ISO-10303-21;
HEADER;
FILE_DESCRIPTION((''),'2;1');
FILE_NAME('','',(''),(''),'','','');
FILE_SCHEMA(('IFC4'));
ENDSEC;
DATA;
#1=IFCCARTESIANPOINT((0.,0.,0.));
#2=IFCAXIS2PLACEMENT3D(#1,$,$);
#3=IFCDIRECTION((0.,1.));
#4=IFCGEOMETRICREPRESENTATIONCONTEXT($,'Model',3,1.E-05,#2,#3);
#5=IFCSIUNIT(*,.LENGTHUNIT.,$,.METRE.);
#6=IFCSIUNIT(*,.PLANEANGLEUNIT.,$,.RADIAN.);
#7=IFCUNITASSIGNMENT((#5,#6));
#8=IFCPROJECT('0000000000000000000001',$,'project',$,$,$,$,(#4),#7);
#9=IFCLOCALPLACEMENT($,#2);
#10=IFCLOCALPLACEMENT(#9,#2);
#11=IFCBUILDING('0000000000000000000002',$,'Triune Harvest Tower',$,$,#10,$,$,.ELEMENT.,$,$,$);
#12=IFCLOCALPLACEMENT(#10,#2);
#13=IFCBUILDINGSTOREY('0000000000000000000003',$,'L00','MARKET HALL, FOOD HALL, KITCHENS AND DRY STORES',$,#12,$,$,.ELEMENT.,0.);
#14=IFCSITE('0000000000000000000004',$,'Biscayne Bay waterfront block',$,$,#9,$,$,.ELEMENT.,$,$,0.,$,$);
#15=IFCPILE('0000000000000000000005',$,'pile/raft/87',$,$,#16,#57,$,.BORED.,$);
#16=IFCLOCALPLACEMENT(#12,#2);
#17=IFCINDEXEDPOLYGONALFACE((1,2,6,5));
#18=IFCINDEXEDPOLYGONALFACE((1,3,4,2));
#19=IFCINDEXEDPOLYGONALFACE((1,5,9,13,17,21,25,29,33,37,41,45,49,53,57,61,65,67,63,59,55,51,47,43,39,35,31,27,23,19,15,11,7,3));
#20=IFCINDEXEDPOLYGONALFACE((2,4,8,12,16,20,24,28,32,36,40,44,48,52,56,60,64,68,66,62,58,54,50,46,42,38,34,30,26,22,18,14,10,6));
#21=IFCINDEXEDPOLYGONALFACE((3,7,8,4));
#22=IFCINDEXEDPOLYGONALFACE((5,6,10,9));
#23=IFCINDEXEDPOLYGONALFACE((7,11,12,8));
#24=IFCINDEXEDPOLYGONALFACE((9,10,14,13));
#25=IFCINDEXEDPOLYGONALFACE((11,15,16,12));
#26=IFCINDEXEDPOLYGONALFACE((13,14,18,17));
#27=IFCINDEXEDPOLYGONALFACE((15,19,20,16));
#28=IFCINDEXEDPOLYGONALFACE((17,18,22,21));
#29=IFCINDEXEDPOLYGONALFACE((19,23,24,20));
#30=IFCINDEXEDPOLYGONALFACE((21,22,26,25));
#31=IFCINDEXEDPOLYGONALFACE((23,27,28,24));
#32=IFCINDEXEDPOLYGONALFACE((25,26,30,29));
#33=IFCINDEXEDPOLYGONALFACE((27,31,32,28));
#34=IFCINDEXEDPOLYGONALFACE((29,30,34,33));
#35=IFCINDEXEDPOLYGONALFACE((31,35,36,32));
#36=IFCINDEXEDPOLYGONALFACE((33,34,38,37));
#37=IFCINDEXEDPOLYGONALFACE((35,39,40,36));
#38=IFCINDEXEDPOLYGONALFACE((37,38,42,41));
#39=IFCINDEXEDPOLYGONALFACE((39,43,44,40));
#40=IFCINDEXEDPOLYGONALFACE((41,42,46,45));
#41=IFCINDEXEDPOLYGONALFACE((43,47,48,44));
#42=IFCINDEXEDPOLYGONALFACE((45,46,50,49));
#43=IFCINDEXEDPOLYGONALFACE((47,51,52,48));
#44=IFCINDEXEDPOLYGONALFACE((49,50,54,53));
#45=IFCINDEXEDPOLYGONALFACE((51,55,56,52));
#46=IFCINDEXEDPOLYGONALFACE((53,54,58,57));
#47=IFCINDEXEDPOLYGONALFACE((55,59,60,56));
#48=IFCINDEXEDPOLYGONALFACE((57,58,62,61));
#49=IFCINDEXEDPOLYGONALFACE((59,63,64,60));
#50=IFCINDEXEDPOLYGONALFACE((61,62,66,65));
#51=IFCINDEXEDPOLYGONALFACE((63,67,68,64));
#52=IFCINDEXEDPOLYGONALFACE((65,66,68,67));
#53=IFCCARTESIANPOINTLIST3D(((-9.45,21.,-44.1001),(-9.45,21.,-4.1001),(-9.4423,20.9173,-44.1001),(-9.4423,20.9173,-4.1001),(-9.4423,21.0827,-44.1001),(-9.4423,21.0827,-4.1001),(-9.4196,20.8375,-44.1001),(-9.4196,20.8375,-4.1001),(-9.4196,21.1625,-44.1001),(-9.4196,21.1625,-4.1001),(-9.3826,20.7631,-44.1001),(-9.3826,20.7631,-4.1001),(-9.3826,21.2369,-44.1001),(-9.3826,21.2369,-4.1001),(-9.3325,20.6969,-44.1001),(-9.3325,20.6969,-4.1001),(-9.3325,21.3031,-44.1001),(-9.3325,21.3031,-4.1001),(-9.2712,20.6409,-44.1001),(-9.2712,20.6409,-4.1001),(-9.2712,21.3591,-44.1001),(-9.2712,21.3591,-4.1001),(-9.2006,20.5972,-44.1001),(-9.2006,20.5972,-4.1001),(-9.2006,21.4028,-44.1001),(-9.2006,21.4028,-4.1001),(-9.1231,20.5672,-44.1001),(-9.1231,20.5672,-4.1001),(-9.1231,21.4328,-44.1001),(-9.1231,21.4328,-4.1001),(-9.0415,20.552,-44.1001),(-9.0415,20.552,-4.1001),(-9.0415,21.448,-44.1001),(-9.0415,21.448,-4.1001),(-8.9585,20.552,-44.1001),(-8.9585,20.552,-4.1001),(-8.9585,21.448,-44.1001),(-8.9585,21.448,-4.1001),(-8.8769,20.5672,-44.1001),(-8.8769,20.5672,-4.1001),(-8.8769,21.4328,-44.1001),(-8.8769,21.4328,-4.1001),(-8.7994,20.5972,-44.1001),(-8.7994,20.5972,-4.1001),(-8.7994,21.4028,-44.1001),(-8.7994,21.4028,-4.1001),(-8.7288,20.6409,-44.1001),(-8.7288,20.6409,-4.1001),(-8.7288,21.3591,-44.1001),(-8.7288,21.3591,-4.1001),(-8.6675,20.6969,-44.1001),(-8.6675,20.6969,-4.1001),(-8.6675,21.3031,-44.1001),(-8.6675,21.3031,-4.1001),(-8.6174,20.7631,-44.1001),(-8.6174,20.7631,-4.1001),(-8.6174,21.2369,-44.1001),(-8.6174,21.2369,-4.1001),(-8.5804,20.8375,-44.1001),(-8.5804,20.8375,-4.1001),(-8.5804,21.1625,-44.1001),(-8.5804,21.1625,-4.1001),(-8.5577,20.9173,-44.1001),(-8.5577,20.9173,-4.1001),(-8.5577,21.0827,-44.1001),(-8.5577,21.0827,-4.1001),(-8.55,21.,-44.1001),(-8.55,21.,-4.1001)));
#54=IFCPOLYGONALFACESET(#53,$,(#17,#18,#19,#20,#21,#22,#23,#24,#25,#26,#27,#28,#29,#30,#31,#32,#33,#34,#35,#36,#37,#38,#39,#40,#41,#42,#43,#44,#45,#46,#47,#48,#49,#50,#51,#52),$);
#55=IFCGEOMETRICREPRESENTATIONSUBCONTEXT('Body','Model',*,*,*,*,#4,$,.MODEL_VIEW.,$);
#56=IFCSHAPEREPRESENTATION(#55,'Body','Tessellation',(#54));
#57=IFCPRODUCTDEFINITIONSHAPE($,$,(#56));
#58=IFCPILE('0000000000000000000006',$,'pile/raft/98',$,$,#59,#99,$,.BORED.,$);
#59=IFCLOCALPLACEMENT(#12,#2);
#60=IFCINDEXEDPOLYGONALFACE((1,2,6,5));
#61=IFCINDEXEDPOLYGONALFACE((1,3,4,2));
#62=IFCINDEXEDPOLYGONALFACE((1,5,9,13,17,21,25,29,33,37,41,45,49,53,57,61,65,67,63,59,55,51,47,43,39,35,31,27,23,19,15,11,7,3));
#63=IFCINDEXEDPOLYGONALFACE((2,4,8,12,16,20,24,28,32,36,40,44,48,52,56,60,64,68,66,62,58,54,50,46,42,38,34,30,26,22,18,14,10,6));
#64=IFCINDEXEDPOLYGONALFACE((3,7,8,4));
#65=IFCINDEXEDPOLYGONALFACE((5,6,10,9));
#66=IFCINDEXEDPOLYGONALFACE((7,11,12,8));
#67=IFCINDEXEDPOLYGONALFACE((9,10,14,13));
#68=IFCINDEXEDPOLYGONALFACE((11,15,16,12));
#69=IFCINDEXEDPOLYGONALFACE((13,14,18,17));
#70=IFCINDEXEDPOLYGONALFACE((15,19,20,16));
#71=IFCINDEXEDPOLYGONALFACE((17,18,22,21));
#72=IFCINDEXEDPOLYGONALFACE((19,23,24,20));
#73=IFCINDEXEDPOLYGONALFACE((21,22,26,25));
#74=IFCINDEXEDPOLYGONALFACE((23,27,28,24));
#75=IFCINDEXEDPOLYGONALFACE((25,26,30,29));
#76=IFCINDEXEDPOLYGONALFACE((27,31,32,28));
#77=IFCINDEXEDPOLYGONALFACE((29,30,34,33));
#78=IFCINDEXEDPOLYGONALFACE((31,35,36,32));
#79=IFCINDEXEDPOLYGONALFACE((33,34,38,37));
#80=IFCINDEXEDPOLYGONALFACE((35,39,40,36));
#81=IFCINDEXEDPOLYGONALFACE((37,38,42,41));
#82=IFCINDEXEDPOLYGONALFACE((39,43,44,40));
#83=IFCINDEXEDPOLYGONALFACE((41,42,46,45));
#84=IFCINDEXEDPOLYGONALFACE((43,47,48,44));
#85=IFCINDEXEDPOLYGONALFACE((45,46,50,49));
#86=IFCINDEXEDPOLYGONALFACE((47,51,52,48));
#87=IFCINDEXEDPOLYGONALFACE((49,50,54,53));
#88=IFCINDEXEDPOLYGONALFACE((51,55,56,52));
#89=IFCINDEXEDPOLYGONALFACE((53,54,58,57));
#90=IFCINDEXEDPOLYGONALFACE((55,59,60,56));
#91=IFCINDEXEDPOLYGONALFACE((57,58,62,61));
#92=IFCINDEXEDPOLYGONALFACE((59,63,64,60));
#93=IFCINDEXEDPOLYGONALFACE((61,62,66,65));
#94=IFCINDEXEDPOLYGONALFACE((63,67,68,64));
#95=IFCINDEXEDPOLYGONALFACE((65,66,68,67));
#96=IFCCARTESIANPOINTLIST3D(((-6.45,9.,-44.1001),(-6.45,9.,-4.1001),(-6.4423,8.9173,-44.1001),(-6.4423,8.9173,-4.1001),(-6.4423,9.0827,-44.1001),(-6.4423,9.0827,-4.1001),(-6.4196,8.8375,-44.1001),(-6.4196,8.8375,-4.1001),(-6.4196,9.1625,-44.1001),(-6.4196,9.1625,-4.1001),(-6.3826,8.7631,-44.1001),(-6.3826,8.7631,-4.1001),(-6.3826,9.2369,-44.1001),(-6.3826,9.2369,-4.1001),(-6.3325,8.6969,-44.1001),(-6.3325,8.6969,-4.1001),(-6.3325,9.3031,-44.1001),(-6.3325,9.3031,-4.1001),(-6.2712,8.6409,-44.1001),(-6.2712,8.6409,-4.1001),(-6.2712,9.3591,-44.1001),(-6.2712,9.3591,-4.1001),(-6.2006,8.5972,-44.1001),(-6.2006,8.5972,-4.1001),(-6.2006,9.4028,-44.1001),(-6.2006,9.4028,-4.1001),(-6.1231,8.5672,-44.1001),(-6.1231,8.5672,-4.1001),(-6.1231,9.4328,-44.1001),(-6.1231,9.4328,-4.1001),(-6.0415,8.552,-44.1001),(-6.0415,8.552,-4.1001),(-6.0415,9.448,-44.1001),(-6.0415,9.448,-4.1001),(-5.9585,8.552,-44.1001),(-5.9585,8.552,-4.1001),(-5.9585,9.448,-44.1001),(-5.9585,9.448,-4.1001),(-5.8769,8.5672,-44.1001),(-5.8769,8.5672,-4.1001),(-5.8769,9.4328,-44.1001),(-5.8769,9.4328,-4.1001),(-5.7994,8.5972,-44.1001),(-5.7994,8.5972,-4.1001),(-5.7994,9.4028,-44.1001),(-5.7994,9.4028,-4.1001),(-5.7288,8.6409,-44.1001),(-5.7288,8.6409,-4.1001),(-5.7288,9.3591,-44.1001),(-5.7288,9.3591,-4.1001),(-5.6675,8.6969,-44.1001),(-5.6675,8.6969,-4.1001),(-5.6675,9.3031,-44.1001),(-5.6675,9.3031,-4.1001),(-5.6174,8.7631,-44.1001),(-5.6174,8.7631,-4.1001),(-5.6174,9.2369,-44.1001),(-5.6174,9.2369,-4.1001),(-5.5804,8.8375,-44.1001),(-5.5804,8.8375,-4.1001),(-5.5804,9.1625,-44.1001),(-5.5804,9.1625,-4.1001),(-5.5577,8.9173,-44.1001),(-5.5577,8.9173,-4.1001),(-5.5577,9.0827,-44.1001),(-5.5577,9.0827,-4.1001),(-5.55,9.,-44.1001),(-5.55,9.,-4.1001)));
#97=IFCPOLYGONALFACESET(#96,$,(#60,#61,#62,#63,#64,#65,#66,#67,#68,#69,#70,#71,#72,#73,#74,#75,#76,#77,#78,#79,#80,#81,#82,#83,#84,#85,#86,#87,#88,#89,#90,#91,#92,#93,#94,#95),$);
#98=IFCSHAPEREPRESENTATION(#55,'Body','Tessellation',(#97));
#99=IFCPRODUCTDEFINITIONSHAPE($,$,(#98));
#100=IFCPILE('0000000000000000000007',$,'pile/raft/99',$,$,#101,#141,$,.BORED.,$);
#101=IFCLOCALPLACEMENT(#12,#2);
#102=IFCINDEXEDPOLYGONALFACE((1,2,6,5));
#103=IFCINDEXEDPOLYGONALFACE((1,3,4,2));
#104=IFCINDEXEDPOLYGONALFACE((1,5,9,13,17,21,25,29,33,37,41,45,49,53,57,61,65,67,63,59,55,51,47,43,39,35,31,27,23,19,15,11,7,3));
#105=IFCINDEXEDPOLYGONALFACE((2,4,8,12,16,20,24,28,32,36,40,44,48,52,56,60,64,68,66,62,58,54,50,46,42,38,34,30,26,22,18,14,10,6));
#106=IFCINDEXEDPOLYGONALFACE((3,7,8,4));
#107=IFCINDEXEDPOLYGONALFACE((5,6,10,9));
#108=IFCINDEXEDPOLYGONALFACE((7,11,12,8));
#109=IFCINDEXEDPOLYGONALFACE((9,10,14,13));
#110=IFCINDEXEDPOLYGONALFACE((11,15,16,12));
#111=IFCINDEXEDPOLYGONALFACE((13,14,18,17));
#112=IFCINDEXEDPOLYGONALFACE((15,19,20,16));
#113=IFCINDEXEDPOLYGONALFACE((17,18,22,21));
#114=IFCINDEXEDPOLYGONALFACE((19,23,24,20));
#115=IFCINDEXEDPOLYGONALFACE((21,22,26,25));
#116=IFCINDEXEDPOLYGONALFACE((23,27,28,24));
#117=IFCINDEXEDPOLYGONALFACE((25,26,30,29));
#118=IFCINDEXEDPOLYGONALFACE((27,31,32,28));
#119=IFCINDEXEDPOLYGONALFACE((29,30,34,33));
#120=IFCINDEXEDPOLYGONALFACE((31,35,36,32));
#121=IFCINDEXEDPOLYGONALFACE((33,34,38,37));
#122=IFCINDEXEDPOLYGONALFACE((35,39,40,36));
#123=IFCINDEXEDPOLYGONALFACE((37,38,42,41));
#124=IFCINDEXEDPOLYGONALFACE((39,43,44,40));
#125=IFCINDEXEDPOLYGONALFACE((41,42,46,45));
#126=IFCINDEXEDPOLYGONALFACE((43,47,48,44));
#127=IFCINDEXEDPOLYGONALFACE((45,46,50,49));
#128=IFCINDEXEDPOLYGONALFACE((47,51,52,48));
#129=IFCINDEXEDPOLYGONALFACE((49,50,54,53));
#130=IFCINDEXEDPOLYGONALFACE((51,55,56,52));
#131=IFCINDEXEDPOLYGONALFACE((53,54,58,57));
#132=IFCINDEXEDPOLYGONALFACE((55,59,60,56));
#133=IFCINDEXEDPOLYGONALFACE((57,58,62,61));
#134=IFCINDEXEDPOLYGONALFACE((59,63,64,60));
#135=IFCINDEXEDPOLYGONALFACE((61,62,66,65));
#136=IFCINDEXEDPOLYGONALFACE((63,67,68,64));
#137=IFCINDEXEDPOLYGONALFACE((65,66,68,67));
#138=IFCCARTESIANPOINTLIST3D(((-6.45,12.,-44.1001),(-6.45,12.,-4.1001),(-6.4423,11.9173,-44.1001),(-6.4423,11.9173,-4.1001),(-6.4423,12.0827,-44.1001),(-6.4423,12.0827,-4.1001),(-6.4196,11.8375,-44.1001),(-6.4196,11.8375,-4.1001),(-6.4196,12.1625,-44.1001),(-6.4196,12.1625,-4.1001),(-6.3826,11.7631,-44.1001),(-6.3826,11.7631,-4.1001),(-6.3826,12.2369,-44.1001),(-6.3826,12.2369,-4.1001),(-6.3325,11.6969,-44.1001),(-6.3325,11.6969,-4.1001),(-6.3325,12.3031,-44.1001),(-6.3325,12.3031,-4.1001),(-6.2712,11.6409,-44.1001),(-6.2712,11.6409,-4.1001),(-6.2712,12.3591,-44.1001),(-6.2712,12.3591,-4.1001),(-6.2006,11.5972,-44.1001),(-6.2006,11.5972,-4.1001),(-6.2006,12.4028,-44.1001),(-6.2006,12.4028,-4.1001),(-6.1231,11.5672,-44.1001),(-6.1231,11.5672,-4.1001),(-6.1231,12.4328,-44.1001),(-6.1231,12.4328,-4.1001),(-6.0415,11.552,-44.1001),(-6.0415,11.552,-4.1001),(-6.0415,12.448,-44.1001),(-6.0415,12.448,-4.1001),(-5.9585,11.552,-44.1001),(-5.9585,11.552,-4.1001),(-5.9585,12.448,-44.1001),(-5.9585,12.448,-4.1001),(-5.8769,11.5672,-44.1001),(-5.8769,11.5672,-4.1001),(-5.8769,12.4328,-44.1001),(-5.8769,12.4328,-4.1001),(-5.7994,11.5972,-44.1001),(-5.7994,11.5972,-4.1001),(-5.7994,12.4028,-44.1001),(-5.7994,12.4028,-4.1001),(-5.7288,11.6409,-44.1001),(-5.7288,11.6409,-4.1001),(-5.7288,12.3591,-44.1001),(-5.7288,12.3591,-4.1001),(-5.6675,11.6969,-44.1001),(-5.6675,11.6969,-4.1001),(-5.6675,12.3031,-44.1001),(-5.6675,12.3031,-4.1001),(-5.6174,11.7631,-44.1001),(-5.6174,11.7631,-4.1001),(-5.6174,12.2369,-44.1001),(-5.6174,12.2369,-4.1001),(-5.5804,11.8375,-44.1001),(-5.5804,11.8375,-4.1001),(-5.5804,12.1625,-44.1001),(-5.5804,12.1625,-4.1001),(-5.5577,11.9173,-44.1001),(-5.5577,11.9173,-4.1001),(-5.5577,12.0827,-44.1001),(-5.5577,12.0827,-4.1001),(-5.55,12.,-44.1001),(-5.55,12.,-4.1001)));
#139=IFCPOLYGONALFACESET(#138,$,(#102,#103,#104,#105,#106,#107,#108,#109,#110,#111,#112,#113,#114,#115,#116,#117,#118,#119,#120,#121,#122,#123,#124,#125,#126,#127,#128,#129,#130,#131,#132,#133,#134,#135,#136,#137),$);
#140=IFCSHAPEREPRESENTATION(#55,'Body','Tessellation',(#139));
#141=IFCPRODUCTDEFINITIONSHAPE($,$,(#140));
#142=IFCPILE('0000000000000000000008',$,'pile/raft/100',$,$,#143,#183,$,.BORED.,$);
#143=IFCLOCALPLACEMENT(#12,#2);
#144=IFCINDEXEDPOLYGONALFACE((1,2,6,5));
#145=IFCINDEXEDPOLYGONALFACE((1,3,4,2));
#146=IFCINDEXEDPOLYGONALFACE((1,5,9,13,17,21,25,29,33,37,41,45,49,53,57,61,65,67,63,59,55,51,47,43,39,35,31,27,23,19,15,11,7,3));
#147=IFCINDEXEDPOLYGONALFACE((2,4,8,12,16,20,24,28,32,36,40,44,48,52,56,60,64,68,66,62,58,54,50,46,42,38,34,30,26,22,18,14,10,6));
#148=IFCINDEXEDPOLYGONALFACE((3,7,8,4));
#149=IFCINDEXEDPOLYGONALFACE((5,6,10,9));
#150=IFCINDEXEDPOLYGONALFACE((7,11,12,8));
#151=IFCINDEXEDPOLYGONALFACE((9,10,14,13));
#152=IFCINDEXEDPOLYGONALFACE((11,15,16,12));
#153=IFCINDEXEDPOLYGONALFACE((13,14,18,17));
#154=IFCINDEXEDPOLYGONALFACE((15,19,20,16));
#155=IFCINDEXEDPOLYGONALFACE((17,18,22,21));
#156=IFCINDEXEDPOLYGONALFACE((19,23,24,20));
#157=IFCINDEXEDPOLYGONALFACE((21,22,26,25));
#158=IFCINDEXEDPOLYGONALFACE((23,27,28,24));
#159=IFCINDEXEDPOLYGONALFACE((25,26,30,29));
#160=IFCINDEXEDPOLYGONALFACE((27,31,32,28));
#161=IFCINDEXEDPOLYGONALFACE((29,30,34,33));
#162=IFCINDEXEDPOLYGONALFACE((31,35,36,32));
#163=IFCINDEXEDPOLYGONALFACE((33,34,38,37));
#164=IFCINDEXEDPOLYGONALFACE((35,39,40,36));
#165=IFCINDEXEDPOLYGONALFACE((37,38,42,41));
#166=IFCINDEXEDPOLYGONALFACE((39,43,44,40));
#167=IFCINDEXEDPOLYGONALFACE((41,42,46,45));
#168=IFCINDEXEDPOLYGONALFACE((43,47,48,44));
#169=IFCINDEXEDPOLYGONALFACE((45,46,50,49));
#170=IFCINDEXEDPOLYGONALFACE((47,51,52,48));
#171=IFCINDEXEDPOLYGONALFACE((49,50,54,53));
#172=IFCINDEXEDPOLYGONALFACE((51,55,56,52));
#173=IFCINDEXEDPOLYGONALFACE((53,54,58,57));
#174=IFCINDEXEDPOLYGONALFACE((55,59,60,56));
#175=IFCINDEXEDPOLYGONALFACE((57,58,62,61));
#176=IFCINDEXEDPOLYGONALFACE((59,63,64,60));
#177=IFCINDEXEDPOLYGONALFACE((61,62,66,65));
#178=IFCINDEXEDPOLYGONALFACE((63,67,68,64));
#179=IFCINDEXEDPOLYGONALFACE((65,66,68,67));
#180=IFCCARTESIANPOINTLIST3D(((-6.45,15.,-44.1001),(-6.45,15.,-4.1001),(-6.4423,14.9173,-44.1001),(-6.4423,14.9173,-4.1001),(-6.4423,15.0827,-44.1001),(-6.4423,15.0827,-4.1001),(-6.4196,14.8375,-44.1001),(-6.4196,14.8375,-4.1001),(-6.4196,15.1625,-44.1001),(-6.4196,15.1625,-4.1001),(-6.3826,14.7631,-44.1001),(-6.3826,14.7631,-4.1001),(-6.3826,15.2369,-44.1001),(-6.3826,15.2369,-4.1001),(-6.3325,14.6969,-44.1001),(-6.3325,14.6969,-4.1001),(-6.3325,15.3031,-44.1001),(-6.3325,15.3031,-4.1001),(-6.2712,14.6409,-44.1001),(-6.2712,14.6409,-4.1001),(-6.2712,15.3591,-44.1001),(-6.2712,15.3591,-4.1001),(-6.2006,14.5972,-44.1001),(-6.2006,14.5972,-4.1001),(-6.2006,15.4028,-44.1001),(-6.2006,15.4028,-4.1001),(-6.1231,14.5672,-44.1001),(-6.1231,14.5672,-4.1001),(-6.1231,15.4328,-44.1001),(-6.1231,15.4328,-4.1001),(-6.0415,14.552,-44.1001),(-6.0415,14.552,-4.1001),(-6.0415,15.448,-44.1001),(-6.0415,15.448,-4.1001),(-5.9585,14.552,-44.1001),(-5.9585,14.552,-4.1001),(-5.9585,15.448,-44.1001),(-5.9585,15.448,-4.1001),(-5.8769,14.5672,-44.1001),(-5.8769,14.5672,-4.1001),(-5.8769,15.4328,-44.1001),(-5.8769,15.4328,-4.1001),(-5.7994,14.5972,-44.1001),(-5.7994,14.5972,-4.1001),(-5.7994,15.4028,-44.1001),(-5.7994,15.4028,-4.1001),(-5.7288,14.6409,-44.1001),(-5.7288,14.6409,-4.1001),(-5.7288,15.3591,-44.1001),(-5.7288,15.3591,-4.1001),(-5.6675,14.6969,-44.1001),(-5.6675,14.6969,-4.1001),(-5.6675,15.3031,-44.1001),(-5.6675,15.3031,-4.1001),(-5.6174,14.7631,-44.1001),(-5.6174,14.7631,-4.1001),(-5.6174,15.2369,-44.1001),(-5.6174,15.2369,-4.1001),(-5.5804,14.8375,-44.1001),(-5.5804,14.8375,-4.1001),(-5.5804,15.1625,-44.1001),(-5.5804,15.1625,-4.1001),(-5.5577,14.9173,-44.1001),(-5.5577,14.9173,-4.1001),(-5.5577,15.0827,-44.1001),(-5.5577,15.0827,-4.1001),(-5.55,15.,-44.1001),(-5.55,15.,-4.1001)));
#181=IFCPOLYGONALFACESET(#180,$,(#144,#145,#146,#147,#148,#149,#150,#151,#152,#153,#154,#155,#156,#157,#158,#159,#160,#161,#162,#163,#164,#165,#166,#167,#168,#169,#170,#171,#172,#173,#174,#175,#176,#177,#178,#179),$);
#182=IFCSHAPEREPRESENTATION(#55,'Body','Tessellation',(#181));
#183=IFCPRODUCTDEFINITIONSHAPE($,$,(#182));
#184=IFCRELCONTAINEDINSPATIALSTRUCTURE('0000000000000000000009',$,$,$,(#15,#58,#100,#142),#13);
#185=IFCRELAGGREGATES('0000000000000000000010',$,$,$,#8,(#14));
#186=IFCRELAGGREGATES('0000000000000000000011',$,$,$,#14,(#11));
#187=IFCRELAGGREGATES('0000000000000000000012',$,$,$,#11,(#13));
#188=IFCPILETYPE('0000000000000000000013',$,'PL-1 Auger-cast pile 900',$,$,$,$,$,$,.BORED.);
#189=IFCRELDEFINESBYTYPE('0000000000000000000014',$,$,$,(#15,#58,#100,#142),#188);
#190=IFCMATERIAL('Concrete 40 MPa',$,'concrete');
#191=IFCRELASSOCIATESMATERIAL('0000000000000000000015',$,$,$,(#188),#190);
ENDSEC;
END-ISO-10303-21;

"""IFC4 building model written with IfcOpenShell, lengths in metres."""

from ifc_helpers import new_model, si_unit, direction, frame, origin, origin_2d, place, context, subcontext, project, spatial, circle, extrude, source, transform, mapped, material, material_profile, profile_set, type_object, element, save


model = new_model("IFC4")

# Units and contexts
model_context = context("Model", 3, precision=1e-05, world=origin(), true_north=direction((0.0, 1.0)))
body_context = subcontext(model_context, "Body", "Model", "MODEL_VIEW")
ifc_project = project(units=[si_unit("LENGTHUNIT", "METRE"), si_unit("PLANEANGLEUNIT", "RADIAN")], contexts=[model_context])

# Site, building, storey
site_placement = place(None, origin())
site = spatial("IfcSite", under=ifc_project, at=site_placement, Name="Biscayne Bay waterfront block", CompositionType="ELEMENT", RefElevation=0.0)
building_placement = place(site_placement, origin())
building = spatial("IfcBuilding", under=site, at=building_placement, Name="Triune Harvest Tower", CompositionType="ELEMENT")
storey_placement = place(building_placement, origin())
storey = spatial("IfcBuildingStorey", under=building, at=storey_placement, Name="L00", Description="MARKET HALL, FOOD HALL, KITCHENS AND DRY STORES", CompositionType="ELEMENT", Elevation=0.0)

# Piles
ifc_material_1 = material(Name="Concrete 40 MPa", Category="concrete")
ifc_material_profile_1 = material_profile(ifc_material_1, circle(Radius=0.45, at=origin_2d()), Name="Bored 900")
ifc_profile_set_1 = profile_set([ifc_material_profile_1], Name="Concrete 40 MPa")
pile_type = type_object("IfcPileType", Name="PL-1 Auger-cast pile 900", PredefinedType="BORED", material=ifc_profile_set_1)
shared_shape_1 = source(origin(), body_context, "Body", "SweptSolid", [
    extrude(circle(Radius=0.45, at=origin_2d()), origin(), (0.0, 0.0, 1.0), 40.0),
])
for number, where, z_axis, x_axis, name in (
    (1, (-9.0, 21.0, -4.1001), (0.0, 0.0, -1.0), (1.0, 0.0, 0.0), "pile/raft/87"),
    (2, (-6.0, 9.0, -4.1001), (0.0, 0.0, -1.0), (1.0, 0.0, 0.0), "pile/raft/98"),
    (3, (-6.0, 12.0, -4.1001), (0.0, 0.0, -1.0), (1.0, 0.0, 0.0), "pile/raft/99"),
    (4, (-6.0, 15.0, -4.1001), (0.0, 0.0, -1.0), (1.0, 0.0, 0.0), "pile/raft/100"),
):
    element("IfcPile", number, at=place(storey_placement, frame(where, z_axis=z_axis, x_axis=x_axis)), inside=storey, type_object=pile_type, Name=name, PredefinedType="BORED", context=body_context, shape_type="MappedRepresentation", body=[
        mapped(shared_shape_1, transform((0.0, 0.0, 0.0), scale=1.0)),
    ])

save(model, "model.ifc")
